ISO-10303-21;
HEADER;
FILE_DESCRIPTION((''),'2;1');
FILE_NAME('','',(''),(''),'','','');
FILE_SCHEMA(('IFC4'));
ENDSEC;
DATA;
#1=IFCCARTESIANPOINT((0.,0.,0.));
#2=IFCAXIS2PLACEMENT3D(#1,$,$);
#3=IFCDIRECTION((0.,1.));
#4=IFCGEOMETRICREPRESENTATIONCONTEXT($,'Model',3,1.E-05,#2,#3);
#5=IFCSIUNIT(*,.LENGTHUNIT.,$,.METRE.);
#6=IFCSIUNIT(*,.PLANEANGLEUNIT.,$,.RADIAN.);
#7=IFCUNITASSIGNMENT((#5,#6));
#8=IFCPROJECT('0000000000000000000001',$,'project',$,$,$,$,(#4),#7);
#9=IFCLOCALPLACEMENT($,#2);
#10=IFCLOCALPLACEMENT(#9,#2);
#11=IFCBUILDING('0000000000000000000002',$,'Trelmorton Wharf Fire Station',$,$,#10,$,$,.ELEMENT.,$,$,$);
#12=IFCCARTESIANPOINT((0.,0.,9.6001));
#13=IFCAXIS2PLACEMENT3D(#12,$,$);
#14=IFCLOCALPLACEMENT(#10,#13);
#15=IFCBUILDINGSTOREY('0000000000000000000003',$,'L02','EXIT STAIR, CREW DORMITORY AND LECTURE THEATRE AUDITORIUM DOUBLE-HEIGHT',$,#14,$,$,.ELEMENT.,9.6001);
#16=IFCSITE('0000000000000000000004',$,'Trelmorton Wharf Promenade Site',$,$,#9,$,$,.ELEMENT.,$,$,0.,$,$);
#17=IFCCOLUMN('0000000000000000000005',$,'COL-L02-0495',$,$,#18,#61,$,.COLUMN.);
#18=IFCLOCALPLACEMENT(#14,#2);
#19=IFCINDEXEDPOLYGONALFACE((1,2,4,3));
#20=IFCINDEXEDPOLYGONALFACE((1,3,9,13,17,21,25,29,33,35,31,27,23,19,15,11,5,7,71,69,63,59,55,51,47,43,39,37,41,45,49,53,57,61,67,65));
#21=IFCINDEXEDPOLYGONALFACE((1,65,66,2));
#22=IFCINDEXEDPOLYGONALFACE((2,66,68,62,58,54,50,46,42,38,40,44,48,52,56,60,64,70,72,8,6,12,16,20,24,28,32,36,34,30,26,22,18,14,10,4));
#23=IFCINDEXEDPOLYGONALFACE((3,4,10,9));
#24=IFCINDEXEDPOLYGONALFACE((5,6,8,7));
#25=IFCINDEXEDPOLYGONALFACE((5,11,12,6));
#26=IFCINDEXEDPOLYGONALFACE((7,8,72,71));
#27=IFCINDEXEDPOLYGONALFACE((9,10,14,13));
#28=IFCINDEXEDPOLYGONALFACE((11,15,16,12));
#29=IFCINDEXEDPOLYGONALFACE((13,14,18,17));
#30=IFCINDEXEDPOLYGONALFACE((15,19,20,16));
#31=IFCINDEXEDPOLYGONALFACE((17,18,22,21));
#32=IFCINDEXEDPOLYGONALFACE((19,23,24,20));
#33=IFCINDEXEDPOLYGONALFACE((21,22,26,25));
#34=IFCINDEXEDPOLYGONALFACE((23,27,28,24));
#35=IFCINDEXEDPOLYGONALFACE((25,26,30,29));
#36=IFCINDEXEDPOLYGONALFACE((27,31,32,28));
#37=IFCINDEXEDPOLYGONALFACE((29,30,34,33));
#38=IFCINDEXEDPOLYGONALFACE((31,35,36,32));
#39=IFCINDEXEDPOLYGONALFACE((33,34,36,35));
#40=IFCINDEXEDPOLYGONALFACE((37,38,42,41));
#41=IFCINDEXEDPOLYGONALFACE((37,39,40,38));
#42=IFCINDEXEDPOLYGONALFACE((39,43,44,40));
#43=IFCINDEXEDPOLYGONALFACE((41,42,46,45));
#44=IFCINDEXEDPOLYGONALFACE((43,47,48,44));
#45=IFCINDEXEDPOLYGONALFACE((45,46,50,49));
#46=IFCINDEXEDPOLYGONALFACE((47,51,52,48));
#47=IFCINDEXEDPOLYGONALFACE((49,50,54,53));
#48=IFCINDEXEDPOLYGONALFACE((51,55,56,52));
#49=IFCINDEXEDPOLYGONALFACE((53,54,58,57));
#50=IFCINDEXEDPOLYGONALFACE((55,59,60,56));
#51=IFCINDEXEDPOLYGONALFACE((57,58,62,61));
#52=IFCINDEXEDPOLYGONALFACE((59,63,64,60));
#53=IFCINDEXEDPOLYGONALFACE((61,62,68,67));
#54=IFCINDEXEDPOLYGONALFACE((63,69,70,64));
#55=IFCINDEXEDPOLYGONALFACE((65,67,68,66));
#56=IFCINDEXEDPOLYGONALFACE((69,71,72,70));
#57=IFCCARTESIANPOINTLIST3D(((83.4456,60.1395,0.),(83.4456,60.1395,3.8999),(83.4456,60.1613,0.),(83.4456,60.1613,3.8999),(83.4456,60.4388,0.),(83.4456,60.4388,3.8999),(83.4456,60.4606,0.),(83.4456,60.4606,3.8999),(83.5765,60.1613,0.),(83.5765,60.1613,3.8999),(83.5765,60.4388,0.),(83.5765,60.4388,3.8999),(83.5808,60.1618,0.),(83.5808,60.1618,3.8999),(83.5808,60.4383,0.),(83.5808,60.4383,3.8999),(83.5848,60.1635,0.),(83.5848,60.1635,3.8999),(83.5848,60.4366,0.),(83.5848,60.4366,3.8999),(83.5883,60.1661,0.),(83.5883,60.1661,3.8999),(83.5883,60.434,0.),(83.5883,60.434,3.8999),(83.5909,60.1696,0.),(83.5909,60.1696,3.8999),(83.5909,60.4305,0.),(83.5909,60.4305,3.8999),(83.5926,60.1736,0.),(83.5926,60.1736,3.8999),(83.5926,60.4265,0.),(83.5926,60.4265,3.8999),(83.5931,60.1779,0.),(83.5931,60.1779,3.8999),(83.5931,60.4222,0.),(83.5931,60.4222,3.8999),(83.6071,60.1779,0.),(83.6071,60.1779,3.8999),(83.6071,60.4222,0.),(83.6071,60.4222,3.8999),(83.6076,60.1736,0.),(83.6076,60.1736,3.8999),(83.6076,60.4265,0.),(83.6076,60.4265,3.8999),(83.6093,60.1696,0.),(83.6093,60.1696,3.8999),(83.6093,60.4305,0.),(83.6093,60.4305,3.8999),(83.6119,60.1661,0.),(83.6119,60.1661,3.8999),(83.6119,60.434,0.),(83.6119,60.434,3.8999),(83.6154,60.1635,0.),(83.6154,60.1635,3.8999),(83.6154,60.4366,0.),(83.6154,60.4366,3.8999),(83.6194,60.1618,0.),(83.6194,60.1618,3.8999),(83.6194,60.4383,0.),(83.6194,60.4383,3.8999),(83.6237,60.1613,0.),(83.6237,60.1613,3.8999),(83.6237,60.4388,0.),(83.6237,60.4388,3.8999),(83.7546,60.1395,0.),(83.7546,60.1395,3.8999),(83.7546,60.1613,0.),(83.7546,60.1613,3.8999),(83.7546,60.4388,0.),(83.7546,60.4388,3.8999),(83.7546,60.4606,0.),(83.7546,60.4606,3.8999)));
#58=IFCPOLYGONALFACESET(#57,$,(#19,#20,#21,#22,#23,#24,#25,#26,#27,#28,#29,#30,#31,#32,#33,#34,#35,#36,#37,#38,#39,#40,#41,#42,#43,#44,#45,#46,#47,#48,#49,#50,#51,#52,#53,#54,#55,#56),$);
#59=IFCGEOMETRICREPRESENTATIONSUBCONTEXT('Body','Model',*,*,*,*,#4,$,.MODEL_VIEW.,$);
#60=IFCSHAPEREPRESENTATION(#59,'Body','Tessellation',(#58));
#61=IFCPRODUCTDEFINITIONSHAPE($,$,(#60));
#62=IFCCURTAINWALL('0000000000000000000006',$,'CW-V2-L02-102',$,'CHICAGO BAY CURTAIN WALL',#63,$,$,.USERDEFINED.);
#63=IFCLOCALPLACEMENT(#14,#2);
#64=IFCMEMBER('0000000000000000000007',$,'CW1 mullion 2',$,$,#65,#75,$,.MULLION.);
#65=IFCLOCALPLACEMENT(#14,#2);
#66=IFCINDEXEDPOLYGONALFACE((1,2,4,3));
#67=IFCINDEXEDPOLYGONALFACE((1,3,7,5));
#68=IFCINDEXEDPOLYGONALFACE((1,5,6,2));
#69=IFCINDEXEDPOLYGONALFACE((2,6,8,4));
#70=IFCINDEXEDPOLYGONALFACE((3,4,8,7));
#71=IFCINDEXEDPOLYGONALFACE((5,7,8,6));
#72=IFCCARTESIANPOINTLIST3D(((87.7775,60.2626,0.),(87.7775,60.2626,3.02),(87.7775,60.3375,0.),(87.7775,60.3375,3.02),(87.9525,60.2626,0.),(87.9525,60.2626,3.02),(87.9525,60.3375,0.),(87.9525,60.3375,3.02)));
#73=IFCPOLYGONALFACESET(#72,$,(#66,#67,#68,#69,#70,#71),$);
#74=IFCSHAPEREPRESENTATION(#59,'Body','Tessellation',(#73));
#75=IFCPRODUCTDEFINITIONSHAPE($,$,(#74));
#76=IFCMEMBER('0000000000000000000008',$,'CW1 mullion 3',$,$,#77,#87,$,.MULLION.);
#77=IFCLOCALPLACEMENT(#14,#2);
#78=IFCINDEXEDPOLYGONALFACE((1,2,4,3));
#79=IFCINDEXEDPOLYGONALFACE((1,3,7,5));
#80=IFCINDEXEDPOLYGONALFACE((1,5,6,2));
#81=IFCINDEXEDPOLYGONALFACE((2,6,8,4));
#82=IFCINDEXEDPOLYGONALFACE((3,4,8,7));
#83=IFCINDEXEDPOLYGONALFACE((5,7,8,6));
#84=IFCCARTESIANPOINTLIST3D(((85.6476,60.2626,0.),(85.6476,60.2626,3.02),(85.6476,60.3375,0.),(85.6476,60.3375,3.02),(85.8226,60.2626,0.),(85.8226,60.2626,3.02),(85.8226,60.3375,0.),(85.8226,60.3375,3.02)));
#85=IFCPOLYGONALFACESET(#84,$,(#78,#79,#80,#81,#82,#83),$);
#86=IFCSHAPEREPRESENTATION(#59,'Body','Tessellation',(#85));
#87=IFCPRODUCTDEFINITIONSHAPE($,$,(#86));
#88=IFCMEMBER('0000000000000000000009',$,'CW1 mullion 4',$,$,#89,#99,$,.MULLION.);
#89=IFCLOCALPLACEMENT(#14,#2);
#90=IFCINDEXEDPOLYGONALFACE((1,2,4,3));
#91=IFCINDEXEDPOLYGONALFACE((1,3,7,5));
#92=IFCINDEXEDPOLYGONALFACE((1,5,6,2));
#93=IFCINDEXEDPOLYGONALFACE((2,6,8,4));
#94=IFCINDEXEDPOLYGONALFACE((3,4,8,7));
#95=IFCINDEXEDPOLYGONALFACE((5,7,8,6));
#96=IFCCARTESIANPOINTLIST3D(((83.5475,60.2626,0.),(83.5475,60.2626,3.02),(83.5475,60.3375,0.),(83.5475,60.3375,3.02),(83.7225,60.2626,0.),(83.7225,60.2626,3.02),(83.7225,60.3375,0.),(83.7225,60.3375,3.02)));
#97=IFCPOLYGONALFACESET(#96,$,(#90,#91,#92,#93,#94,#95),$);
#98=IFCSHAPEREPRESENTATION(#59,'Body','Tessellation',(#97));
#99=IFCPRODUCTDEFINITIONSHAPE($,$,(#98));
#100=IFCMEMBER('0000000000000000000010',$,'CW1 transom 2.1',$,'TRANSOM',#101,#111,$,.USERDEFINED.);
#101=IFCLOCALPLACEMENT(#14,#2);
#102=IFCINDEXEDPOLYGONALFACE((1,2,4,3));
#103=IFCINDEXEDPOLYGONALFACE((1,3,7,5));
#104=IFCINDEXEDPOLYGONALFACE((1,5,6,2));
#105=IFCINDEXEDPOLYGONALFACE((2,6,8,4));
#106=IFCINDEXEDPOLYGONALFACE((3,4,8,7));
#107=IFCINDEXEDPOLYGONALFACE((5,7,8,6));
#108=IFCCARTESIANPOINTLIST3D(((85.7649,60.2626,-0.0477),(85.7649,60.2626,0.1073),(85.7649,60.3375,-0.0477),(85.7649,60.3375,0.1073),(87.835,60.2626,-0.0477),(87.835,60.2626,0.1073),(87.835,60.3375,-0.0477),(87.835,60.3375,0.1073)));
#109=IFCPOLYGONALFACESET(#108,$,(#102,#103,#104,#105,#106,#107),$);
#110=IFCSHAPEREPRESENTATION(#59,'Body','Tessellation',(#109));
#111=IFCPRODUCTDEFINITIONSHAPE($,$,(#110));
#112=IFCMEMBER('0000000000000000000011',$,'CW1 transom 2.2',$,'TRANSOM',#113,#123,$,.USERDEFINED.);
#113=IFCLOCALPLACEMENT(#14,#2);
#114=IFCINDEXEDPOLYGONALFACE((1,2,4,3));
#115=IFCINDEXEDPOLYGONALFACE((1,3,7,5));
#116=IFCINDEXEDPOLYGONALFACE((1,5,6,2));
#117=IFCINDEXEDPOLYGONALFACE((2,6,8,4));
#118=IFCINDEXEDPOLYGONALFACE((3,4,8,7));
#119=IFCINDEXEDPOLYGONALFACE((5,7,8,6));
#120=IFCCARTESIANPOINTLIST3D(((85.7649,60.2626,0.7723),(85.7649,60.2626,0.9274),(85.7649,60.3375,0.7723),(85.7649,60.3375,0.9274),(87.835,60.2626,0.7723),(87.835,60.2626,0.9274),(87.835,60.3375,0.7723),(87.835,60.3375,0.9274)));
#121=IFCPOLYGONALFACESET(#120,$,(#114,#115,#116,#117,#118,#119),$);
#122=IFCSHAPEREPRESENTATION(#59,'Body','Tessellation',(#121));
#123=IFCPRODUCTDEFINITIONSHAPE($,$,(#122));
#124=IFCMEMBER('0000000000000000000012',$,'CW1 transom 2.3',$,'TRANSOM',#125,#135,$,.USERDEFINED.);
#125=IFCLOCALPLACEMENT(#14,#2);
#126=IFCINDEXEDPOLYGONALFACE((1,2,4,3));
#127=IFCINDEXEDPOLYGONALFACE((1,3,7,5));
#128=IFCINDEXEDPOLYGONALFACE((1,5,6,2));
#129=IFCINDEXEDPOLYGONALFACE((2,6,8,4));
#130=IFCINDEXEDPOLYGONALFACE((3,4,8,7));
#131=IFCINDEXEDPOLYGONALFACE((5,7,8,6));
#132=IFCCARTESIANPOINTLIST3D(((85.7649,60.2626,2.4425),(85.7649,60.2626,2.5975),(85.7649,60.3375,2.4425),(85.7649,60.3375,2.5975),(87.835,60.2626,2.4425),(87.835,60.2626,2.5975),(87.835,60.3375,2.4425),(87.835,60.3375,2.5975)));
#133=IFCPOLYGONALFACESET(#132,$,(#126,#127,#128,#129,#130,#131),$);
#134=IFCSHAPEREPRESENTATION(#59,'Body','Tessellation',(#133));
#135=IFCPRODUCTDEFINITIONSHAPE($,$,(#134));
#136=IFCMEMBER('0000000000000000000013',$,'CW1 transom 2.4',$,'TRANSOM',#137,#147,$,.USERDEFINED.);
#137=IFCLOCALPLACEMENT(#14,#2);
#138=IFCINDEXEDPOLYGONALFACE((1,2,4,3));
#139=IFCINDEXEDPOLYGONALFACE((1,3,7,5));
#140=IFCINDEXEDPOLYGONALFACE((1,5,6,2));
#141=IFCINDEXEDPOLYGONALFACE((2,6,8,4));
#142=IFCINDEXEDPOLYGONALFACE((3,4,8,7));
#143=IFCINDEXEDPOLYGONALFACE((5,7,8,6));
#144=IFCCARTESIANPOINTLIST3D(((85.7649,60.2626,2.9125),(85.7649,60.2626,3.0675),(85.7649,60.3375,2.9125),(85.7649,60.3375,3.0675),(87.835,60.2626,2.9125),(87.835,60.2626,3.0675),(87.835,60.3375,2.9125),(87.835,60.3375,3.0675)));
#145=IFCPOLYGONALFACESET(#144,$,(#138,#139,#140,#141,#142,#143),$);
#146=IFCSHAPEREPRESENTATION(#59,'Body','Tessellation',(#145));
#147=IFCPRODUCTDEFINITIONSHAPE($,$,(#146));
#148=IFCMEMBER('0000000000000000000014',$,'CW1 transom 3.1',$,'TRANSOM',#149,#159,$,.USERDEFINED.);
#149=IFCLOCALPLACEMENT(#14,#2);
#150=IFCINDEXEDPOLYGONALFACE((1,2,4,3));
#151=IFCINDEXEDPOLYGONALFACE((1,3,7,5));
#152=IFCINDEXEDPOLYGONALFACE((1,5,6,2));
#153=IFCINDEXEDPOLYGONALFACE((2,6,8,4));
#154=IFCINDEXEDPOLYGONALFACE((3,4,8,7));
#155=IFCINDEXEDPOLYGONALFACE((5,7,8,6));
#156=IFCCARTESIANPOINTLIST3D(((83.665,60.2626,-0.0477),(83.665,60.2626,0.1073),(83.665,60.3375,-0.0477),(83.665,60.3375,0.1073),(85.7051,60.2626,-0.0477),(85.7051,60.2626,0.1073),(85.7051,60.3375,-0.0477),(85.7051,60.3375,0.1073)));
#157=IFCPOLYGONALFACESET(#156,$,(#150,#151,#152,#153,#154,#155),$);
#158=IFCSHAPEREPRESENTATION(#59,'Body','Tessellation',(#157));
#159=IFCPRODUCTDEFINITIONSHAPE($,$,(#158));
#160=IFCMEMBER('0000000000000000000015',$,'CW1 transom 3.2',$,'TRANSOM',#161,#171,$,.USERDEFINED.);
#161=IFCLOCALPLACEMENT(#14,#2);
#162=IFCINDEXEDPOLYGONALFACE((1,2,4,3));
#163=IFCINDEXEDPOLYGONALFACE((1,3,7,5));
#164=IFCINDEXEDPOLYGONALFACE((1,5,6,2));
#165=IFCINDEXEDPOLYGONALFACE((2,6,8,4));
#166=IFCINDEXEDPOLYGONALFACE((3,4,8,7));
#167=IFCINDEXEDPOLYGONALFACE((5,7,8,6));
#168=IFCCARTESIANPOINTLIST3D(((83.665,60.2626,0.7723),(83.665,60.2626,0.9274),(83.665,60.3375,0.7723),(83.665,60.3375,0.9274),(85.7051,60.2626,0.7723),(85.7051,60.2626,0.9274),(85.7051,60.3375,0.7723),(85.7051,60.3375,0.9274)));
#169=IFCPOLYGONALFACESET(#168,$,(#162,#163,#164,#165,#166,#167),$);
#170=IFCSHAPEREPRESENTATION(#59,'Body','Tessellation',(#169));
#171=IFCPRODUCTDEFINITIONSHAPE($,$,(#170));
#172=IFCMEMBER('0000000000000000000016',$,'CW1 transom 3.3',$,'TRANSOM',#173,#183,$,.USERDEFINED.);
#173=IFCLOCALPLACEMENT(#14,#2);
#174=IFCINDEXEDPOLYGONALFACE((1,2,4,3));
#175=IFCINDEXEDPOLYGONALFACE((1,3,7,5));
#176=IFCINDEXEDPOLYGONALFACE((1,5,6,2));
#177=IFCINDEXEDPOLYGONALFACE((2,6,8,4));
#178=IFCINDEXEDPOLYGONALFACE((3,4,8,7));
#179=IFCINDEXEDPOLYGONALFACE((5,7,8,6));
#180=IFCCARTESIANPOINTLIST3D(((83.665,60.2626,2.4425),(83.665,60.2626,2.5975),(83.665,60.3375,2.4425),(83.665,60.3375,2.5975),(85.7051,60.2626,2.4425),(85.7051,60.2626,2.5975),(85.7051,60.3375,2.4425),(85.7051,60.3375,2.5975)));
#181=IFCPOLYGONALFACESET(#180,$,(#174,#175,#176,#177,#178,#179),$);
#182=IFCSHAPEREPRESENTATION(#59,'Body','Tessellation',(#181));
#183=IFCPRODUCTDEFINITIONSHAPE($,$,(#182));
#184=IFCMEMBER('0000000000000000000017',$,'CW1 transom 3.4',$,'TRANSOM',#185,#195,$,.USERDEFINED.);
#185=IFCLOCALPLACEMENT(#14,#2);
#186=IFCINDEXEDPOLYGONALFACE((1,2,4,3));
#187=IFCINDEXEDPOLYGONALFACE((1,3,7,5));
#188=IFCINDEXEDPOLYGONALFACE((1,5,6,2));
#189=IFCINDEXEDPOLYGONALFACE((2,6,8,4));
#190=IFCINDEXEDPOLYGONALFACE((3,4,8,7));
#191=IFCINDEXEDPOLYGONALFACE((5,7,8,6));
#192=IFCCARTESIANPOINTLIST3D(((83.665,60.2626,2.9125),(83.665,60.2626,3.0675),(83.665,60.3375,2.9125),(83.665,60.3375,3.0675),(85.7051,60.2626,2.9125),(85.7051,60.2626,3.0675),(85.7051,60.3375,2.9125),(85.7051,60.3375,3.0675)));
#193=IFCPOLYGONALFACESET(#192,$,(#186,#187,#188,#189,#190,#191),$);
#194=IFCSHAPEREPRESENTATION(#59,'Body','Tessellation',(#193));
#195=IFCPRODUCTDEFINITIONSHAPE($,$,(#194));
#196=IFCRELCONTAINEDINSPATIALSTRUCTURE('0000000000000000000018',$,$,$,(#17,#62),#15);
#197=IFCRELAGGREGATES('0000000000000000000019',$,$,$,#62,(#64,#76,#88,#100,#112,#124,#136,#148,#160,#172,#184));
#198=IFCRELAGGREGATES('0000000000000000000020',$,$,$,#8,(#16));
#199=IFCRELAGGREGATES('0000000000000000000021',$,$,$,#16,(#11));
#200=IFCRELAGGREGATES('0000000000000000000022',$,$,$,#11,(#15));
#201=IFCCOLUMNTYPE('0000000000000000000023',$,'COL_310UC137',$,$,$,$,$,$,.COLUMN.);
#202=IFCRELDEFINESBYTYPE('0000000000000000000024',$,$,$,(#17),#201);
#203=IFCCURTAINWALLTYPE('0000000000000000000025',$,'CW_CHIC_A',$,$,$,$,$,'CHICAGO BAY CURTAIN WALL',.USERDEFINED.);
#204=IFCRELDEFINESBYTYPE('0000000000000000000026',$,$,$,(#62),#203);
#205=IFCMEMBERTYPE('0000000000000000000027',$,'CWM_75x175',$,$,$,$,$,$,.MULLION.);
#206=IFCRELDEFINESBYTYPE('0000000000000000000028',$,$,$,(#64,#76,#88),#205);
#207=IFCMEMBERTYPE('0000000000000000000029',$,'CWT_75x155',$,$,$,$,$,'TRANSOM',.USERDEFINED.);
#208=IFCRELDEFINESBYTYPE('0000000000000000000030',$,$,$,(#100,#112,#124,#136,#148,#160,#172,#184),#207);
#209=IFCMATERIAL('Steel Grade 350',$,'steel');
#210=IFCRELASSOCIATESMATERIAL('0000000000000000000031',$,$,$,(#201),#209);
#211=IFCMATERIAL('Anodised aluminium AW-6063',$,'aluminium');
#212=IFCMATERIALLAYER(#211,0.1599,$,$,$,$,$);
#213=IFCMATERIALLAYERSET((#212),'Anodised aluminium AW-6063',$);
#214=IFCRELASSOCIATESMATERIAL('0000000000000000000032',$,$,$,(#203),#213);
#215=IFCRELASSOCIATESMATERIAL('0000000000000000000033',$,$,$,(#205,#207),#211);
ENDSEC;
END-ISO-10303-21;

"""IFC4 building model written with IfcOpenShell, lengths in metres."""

from ifc_helpers import new_model, si_unit, direction, frame, origin, origin_2d, place, context, subcontext, project, spatial, rectangle, i_section, extrude, material, layer, layer_set, material_profile, profile_set, type_object, element, aggregate, save


model = new_model("IFC4")

# Units and contexts
model_context = context("Model", 3, precision=1e-05, world=origin(), true_north=direction((0.0, 1.0)))
body_context = subcontext(model_context, "Body", "Model", "MODEL_VIEW")
ifc_project = project(units=[si_unit("LENGTHUNIT", "METRE"), si_unit("PLANEANGLEUNIT", "RADIAN")], contexts=[model_context])

# Site, building, storey
site_placement = place(None, origin())
site = spatial("IfcSite", under=ifc_project, at=site_placement, Name="Trelmorton Wharf Promenade Site", CompositionType="ELEMENT", RefElevation=0.0)
building_placement = place(site_placement, origin())
building = spatial("IfcBuilding", under=site, at=building_placement, Name="Trelmorton Wharf Fire Station", CompositionType="ELEMENT")
storey_placement = place(building_placement, frame((0.0, 0.0, 9.6001)))
storey = spatial("IfcBuildingStorey", under=building, at=storey_placement, Name="L02", Description="EXIT STAIR, CREW DORMITORY AND LECTURE THEATRE AUDITORIUM DOUBLE-HEIGHT", CompositionType="ELEMENT", Elevation=9.6001)

# Column
ifc_material_1 = material(Name="Steel Grade 350", Category="steel")
ifc_material_profile_1 = material_profile(ifc_material_1, i_section(OverallWidth=0.3091, OverallDepth=0.321, WebThickness=0.0139, FlangeThickness=0.0217, FilletRadius=0.0166, at=origin_2d()), Name="310UC137")
ifc_profile_set_1 = profile_set([ifc_material_profile_1], Name="Steel Grade 350")
column_type = type_object("IfcColumnType", Name="COL_310UC137", PredefinedType="COLUMN", material=ifc_profile_set_1)
column_placement = place(storey_placement, frame((83.6001, 60.3, 0.0), z_axis=(0.0, 0.0, 1.0), x_axis=(1.0, 0.0, 0.0)))
element("IfcColumn", 1, at=column_placement, inside=storey, type_object=column_type, Name="COL-L02-0495", PredefinedType="COLUMN", context=body_context, shape_type="SweptSolid", body=[
    extrude(i_section(OverallWidth=0.3091, OverallDepth=0.321, WebThickness=0.0139, FlangeThickness=0.0217, FilletRadius=0.0166, at=origin_2d()), origin(), (0.0, 0.0, 1.0), 3.8999),
])

# Curtain wall, members
ifc_material_2 = material(Name="Anodised aluminium AW-6063", Category="aluminium")
ifc_layer_1 = layer(ifc_material_2, 0.1599)
ifc_layer_set_1 = layer_set([ifc_layer_1], Name="Anodised aluminium AW-6063")
curtain_wall_type = type_object("IfcCurtainWallType", Name="CW_CHIC_A", ElementType="CHICAGO BAY CURTAIN WALL", PredefinedType="USERDEFINED", material=ifc_layer_set_1)
curtain_wall_placement = place(storey_placement, origin())
curtain_wall = element("IfcCurtainWall", 2, at=curtain_wall_placement, inside=storey, type_object=curtain_wall_type, Name="CW-V2-L02-102", ObjectType="CHICAGO BAY CURTAIN WALL", PredefinedType="USERDEFINED")
ifc_material_profile_2 = material_profile(ifc_material_2, rectangle(XDim=0.075, YDim=0.175, at=origin_2d()), Name="ALU-75x175")
ifc_profile_set_2 = profile_set([ifc_material_profile_2], Name="Anodised aluminium AW-6063")
member_type_1 = type_object("IfcMemberType", Name="CWM_75x175", PredefinedType="MULLION", material=ifc_profile_set_2)
member_1_placement = place(storey_placement, frame((87.865, 60.3, 0.0), z_axis=(0.0, 0.0, 1.0), x_axis=(0.0, -1.0, 0.0)))
member_1 = element("IfcMember", 3, at=member_1_placement, type_object=member_type_1, Name="CW1 mullion 2", PredefinedType="MULLION", context=body_context, shape_type="SweptSolid", body=[
    extrude(rectangle(XDim=0.075, YDim=0.175, at=origin_2d()), origin(), (0.0, 0.0, 1.0), 3.02),
])
member_2_placement = place(storey_placement, frame((85.7351, 60.3, 0.0), z_axis=(0.0, 0.0, 1.0), x_axis=(0.0, -1.0, 0.0)))
member_2 = element("IfcMember", 4, at=member_2_placement, type_object=member_type_1, Name="CW1 mullion 3", PredefinedType="MULLION", context=body_context, shape_type="SweptSolid", body=[
    extrude(rectangle(XDim=0.075, YDim=0.175, at=origin_2d()), origin(), (0.0, 0.0, 1.0), 3.02),
])
member_3_placement = place(storey_placement, frame((83.635, 60.3, 0.0), z_axis=(0.0, 0.0, 1.0), x_axis=(0.0, -1.0, 0.0)))
member_3 = element("IfcMember", 5, at=member_3_placement, type_object=member_type_1, Name="CW1 mullion 4", PredefinedType="MULLION", context=body_context, shape_type="SweptSolid", body=[
    extrude(rectangle(XDim=0.075, YDim=0.175, at=origin_2d()), origin(), (0.0, 0.0, 1.0), 3.02),
])
ifc_material_profile_3 = material_profile(ifc_material_2, rectangle(XDim=0.075, YDim=0.155, at=origin_2d()), Name="ALU-75x155")
ifc_profile_set_3 = profile_set([ifc_material_profile_3], Name="Anodised aluminium AW-6063")
member_type_2 = type_object("IfcMemberType", Name="CWT_75x155", ElementType="TRANSOM", PredefinedType="USERDEFINED", material=ifc_profile_set_3)
member_4_placement = place(storey_placement, frame((87.835, 60.3, 0.0298), z_axis=(-1.0, 0.0, 0.0), x_axis=(0.0, -1.0, 0.0)))
member_4 = element("IfcMember", 6, at=member_4_placement, type_object=member_type_2, Name="CW1 transom 2.1", ObjectType="TRANSOM", PredefinedType="USERDEFINED", context=body_context, shape_type="SweptSolid", body=[
    extrude(rectangle(XDim=0.075, YDim=0.155, at=origin_2d()), origin(), (0.0, 0.0, 1.0), 2.0701),
])
member_5_placement = place(storey_placement, frame((87.835, 60.3, 0.8499), z_axis=(-1.0, 0.0, 0.0), x_axis=(0.0, -1.0, 0.0)))
member_5 = element("IfcMember", 7, at=member_5_placement, type_object=member_type_2, Name="CW1 transom 2.2", ObjectType="TRANSOM", PredefinedType="USERDEFINED", context=body_context, shape_type="SweptSolid", body=[
    extrude(rectangle(XDim=0.075, YDim=0.155, at=origin_2d()), origin(), (0.0, 0.0, 1.0), 2.0701),
])
member_6_placement = place(storey_placement, frame((87.835, 60.3, 2.52), z_axis=(-1.0, 0.0, 0.0), x_axis=(0.0, -1.0, 0.0)))
member_6 = element("IfcMember", 8, at=member_6_placement, type_object=member_type_2, Name="CW1 transom 2.3", ObjectType="TRANSOM", PredefinedType="USERDEFINED", context=body_context, shape_type="SweptSolid", body=[
    extrude(rectangle(XDim=0.075, YDim=0.155, at=origin_2d()), origin(), (0.0, 0.0, 1.0), 2.0701),
])
member_7_placement = place(storey_placement, frame((87.835, 60.3, 2.99), z_axis=(-1.0, 0.0, 0.0), x_axis=(0.0, -1.0, 0.0)))
member_7 = element("IfcMember", 9, at=member_7_placement, type_object=member_type_2, Name="CW1 transom 2.4", ObjectType="TRANSOM", PredefinedType="USERDEFINED", context=body_context, shape_type="SweptSolid", body=[
    extrude(rectangle(XDim=0.075, YDim=0.155, at=origin_2d()), origin(), (0.0, 0.0, 1.0), 2.0701),
])
member_8_placement = place(storey_placement, frame((85.7051, 60.3, 0.0298), z_axis=(-1.0, 0.0, 0.0), x_axis=(0.0, -1.0, 0.0)))
member_8 = element("IfcMember", 10, at=member_8_placement, type_object=member_type_2, Name="CW1 transom 3.1", ObjectType="TRANSOM", PredefinedType="USERDEFINED", context=body_context, shape_type="SweptSolid", body=[
    extrude(rectangle(XDim=0.075, YDim=0.155, at=origin_2d()), origin(), (0.0, 0.0, 1.0), 2.04),
])
member_9_placement = place(storey_placement, frame((85.7051, 60.3, 0.8499), z_axis=(-1.0, 0.0, 0.0), x_axis=(0.0, -1.0, 0.0)))
member_9 = element("IfcMember", 11, at=member_9_placement, type_object=member_type_2, Name="CW1 transom 3.2", ObjectType="TRANSOM", PredefinedType="USERDEFINED", context=body_context, shape_type="SweptSolid", body=[
    extrude(rectangle(XDim=0.075, YDim=0.155, at=origin_2d()), origin(), (0.0, 0.0, 1.0), 2.04),
])
member_10_placement = place(storey_placement, frame((85.7051, 60.3, 2.52), z_axis=(-1.0, 0.0, 0.0), x_axis=(0.0, -1.0, 0.0)))
member_10 = element("IfcMember", 12, at=member_10_placement, type_object=member_type_2, Name="CW1 transom 3.3", ObjectType="TRANSOM", PredefinedType="USERDEFINED", context=body_context, shape_type="SweptSolid", body=[
    extrude(rectangle(XDim=0.075, YDim=0.155, at=origin_2d()), origin(), (0.0, 0.0, 1.0), 2.04),
])
member_11_placement = place(storey_placement, frame((85.7051, 60.3, 2.99), z_axis=(-1.0, 0.0, 0.0), x_axis=(0.0, -1.0, 0.0)))
member_11 = element("IfcMember", 13, at=member_11_placement, type_object=member_type_2, Name="CW1 transom 3.4", ObjectType="TRANSOM", PredefinedType="USERDEFINED", context=body_context, shape_type="SweptSolid", body=[
    extrude(rectangle(XDim=0.075, YDim=0.155, at=origin_2d()), origin(), (0.0, 0.0, 1.0), 2.04),
])

aggregate(curtain_wall, [member_1, member_2, member_3, member_4, member_5, member_6, member_7, member_8, member_9, member_10, member_11])

save(model, "model.ifc")
